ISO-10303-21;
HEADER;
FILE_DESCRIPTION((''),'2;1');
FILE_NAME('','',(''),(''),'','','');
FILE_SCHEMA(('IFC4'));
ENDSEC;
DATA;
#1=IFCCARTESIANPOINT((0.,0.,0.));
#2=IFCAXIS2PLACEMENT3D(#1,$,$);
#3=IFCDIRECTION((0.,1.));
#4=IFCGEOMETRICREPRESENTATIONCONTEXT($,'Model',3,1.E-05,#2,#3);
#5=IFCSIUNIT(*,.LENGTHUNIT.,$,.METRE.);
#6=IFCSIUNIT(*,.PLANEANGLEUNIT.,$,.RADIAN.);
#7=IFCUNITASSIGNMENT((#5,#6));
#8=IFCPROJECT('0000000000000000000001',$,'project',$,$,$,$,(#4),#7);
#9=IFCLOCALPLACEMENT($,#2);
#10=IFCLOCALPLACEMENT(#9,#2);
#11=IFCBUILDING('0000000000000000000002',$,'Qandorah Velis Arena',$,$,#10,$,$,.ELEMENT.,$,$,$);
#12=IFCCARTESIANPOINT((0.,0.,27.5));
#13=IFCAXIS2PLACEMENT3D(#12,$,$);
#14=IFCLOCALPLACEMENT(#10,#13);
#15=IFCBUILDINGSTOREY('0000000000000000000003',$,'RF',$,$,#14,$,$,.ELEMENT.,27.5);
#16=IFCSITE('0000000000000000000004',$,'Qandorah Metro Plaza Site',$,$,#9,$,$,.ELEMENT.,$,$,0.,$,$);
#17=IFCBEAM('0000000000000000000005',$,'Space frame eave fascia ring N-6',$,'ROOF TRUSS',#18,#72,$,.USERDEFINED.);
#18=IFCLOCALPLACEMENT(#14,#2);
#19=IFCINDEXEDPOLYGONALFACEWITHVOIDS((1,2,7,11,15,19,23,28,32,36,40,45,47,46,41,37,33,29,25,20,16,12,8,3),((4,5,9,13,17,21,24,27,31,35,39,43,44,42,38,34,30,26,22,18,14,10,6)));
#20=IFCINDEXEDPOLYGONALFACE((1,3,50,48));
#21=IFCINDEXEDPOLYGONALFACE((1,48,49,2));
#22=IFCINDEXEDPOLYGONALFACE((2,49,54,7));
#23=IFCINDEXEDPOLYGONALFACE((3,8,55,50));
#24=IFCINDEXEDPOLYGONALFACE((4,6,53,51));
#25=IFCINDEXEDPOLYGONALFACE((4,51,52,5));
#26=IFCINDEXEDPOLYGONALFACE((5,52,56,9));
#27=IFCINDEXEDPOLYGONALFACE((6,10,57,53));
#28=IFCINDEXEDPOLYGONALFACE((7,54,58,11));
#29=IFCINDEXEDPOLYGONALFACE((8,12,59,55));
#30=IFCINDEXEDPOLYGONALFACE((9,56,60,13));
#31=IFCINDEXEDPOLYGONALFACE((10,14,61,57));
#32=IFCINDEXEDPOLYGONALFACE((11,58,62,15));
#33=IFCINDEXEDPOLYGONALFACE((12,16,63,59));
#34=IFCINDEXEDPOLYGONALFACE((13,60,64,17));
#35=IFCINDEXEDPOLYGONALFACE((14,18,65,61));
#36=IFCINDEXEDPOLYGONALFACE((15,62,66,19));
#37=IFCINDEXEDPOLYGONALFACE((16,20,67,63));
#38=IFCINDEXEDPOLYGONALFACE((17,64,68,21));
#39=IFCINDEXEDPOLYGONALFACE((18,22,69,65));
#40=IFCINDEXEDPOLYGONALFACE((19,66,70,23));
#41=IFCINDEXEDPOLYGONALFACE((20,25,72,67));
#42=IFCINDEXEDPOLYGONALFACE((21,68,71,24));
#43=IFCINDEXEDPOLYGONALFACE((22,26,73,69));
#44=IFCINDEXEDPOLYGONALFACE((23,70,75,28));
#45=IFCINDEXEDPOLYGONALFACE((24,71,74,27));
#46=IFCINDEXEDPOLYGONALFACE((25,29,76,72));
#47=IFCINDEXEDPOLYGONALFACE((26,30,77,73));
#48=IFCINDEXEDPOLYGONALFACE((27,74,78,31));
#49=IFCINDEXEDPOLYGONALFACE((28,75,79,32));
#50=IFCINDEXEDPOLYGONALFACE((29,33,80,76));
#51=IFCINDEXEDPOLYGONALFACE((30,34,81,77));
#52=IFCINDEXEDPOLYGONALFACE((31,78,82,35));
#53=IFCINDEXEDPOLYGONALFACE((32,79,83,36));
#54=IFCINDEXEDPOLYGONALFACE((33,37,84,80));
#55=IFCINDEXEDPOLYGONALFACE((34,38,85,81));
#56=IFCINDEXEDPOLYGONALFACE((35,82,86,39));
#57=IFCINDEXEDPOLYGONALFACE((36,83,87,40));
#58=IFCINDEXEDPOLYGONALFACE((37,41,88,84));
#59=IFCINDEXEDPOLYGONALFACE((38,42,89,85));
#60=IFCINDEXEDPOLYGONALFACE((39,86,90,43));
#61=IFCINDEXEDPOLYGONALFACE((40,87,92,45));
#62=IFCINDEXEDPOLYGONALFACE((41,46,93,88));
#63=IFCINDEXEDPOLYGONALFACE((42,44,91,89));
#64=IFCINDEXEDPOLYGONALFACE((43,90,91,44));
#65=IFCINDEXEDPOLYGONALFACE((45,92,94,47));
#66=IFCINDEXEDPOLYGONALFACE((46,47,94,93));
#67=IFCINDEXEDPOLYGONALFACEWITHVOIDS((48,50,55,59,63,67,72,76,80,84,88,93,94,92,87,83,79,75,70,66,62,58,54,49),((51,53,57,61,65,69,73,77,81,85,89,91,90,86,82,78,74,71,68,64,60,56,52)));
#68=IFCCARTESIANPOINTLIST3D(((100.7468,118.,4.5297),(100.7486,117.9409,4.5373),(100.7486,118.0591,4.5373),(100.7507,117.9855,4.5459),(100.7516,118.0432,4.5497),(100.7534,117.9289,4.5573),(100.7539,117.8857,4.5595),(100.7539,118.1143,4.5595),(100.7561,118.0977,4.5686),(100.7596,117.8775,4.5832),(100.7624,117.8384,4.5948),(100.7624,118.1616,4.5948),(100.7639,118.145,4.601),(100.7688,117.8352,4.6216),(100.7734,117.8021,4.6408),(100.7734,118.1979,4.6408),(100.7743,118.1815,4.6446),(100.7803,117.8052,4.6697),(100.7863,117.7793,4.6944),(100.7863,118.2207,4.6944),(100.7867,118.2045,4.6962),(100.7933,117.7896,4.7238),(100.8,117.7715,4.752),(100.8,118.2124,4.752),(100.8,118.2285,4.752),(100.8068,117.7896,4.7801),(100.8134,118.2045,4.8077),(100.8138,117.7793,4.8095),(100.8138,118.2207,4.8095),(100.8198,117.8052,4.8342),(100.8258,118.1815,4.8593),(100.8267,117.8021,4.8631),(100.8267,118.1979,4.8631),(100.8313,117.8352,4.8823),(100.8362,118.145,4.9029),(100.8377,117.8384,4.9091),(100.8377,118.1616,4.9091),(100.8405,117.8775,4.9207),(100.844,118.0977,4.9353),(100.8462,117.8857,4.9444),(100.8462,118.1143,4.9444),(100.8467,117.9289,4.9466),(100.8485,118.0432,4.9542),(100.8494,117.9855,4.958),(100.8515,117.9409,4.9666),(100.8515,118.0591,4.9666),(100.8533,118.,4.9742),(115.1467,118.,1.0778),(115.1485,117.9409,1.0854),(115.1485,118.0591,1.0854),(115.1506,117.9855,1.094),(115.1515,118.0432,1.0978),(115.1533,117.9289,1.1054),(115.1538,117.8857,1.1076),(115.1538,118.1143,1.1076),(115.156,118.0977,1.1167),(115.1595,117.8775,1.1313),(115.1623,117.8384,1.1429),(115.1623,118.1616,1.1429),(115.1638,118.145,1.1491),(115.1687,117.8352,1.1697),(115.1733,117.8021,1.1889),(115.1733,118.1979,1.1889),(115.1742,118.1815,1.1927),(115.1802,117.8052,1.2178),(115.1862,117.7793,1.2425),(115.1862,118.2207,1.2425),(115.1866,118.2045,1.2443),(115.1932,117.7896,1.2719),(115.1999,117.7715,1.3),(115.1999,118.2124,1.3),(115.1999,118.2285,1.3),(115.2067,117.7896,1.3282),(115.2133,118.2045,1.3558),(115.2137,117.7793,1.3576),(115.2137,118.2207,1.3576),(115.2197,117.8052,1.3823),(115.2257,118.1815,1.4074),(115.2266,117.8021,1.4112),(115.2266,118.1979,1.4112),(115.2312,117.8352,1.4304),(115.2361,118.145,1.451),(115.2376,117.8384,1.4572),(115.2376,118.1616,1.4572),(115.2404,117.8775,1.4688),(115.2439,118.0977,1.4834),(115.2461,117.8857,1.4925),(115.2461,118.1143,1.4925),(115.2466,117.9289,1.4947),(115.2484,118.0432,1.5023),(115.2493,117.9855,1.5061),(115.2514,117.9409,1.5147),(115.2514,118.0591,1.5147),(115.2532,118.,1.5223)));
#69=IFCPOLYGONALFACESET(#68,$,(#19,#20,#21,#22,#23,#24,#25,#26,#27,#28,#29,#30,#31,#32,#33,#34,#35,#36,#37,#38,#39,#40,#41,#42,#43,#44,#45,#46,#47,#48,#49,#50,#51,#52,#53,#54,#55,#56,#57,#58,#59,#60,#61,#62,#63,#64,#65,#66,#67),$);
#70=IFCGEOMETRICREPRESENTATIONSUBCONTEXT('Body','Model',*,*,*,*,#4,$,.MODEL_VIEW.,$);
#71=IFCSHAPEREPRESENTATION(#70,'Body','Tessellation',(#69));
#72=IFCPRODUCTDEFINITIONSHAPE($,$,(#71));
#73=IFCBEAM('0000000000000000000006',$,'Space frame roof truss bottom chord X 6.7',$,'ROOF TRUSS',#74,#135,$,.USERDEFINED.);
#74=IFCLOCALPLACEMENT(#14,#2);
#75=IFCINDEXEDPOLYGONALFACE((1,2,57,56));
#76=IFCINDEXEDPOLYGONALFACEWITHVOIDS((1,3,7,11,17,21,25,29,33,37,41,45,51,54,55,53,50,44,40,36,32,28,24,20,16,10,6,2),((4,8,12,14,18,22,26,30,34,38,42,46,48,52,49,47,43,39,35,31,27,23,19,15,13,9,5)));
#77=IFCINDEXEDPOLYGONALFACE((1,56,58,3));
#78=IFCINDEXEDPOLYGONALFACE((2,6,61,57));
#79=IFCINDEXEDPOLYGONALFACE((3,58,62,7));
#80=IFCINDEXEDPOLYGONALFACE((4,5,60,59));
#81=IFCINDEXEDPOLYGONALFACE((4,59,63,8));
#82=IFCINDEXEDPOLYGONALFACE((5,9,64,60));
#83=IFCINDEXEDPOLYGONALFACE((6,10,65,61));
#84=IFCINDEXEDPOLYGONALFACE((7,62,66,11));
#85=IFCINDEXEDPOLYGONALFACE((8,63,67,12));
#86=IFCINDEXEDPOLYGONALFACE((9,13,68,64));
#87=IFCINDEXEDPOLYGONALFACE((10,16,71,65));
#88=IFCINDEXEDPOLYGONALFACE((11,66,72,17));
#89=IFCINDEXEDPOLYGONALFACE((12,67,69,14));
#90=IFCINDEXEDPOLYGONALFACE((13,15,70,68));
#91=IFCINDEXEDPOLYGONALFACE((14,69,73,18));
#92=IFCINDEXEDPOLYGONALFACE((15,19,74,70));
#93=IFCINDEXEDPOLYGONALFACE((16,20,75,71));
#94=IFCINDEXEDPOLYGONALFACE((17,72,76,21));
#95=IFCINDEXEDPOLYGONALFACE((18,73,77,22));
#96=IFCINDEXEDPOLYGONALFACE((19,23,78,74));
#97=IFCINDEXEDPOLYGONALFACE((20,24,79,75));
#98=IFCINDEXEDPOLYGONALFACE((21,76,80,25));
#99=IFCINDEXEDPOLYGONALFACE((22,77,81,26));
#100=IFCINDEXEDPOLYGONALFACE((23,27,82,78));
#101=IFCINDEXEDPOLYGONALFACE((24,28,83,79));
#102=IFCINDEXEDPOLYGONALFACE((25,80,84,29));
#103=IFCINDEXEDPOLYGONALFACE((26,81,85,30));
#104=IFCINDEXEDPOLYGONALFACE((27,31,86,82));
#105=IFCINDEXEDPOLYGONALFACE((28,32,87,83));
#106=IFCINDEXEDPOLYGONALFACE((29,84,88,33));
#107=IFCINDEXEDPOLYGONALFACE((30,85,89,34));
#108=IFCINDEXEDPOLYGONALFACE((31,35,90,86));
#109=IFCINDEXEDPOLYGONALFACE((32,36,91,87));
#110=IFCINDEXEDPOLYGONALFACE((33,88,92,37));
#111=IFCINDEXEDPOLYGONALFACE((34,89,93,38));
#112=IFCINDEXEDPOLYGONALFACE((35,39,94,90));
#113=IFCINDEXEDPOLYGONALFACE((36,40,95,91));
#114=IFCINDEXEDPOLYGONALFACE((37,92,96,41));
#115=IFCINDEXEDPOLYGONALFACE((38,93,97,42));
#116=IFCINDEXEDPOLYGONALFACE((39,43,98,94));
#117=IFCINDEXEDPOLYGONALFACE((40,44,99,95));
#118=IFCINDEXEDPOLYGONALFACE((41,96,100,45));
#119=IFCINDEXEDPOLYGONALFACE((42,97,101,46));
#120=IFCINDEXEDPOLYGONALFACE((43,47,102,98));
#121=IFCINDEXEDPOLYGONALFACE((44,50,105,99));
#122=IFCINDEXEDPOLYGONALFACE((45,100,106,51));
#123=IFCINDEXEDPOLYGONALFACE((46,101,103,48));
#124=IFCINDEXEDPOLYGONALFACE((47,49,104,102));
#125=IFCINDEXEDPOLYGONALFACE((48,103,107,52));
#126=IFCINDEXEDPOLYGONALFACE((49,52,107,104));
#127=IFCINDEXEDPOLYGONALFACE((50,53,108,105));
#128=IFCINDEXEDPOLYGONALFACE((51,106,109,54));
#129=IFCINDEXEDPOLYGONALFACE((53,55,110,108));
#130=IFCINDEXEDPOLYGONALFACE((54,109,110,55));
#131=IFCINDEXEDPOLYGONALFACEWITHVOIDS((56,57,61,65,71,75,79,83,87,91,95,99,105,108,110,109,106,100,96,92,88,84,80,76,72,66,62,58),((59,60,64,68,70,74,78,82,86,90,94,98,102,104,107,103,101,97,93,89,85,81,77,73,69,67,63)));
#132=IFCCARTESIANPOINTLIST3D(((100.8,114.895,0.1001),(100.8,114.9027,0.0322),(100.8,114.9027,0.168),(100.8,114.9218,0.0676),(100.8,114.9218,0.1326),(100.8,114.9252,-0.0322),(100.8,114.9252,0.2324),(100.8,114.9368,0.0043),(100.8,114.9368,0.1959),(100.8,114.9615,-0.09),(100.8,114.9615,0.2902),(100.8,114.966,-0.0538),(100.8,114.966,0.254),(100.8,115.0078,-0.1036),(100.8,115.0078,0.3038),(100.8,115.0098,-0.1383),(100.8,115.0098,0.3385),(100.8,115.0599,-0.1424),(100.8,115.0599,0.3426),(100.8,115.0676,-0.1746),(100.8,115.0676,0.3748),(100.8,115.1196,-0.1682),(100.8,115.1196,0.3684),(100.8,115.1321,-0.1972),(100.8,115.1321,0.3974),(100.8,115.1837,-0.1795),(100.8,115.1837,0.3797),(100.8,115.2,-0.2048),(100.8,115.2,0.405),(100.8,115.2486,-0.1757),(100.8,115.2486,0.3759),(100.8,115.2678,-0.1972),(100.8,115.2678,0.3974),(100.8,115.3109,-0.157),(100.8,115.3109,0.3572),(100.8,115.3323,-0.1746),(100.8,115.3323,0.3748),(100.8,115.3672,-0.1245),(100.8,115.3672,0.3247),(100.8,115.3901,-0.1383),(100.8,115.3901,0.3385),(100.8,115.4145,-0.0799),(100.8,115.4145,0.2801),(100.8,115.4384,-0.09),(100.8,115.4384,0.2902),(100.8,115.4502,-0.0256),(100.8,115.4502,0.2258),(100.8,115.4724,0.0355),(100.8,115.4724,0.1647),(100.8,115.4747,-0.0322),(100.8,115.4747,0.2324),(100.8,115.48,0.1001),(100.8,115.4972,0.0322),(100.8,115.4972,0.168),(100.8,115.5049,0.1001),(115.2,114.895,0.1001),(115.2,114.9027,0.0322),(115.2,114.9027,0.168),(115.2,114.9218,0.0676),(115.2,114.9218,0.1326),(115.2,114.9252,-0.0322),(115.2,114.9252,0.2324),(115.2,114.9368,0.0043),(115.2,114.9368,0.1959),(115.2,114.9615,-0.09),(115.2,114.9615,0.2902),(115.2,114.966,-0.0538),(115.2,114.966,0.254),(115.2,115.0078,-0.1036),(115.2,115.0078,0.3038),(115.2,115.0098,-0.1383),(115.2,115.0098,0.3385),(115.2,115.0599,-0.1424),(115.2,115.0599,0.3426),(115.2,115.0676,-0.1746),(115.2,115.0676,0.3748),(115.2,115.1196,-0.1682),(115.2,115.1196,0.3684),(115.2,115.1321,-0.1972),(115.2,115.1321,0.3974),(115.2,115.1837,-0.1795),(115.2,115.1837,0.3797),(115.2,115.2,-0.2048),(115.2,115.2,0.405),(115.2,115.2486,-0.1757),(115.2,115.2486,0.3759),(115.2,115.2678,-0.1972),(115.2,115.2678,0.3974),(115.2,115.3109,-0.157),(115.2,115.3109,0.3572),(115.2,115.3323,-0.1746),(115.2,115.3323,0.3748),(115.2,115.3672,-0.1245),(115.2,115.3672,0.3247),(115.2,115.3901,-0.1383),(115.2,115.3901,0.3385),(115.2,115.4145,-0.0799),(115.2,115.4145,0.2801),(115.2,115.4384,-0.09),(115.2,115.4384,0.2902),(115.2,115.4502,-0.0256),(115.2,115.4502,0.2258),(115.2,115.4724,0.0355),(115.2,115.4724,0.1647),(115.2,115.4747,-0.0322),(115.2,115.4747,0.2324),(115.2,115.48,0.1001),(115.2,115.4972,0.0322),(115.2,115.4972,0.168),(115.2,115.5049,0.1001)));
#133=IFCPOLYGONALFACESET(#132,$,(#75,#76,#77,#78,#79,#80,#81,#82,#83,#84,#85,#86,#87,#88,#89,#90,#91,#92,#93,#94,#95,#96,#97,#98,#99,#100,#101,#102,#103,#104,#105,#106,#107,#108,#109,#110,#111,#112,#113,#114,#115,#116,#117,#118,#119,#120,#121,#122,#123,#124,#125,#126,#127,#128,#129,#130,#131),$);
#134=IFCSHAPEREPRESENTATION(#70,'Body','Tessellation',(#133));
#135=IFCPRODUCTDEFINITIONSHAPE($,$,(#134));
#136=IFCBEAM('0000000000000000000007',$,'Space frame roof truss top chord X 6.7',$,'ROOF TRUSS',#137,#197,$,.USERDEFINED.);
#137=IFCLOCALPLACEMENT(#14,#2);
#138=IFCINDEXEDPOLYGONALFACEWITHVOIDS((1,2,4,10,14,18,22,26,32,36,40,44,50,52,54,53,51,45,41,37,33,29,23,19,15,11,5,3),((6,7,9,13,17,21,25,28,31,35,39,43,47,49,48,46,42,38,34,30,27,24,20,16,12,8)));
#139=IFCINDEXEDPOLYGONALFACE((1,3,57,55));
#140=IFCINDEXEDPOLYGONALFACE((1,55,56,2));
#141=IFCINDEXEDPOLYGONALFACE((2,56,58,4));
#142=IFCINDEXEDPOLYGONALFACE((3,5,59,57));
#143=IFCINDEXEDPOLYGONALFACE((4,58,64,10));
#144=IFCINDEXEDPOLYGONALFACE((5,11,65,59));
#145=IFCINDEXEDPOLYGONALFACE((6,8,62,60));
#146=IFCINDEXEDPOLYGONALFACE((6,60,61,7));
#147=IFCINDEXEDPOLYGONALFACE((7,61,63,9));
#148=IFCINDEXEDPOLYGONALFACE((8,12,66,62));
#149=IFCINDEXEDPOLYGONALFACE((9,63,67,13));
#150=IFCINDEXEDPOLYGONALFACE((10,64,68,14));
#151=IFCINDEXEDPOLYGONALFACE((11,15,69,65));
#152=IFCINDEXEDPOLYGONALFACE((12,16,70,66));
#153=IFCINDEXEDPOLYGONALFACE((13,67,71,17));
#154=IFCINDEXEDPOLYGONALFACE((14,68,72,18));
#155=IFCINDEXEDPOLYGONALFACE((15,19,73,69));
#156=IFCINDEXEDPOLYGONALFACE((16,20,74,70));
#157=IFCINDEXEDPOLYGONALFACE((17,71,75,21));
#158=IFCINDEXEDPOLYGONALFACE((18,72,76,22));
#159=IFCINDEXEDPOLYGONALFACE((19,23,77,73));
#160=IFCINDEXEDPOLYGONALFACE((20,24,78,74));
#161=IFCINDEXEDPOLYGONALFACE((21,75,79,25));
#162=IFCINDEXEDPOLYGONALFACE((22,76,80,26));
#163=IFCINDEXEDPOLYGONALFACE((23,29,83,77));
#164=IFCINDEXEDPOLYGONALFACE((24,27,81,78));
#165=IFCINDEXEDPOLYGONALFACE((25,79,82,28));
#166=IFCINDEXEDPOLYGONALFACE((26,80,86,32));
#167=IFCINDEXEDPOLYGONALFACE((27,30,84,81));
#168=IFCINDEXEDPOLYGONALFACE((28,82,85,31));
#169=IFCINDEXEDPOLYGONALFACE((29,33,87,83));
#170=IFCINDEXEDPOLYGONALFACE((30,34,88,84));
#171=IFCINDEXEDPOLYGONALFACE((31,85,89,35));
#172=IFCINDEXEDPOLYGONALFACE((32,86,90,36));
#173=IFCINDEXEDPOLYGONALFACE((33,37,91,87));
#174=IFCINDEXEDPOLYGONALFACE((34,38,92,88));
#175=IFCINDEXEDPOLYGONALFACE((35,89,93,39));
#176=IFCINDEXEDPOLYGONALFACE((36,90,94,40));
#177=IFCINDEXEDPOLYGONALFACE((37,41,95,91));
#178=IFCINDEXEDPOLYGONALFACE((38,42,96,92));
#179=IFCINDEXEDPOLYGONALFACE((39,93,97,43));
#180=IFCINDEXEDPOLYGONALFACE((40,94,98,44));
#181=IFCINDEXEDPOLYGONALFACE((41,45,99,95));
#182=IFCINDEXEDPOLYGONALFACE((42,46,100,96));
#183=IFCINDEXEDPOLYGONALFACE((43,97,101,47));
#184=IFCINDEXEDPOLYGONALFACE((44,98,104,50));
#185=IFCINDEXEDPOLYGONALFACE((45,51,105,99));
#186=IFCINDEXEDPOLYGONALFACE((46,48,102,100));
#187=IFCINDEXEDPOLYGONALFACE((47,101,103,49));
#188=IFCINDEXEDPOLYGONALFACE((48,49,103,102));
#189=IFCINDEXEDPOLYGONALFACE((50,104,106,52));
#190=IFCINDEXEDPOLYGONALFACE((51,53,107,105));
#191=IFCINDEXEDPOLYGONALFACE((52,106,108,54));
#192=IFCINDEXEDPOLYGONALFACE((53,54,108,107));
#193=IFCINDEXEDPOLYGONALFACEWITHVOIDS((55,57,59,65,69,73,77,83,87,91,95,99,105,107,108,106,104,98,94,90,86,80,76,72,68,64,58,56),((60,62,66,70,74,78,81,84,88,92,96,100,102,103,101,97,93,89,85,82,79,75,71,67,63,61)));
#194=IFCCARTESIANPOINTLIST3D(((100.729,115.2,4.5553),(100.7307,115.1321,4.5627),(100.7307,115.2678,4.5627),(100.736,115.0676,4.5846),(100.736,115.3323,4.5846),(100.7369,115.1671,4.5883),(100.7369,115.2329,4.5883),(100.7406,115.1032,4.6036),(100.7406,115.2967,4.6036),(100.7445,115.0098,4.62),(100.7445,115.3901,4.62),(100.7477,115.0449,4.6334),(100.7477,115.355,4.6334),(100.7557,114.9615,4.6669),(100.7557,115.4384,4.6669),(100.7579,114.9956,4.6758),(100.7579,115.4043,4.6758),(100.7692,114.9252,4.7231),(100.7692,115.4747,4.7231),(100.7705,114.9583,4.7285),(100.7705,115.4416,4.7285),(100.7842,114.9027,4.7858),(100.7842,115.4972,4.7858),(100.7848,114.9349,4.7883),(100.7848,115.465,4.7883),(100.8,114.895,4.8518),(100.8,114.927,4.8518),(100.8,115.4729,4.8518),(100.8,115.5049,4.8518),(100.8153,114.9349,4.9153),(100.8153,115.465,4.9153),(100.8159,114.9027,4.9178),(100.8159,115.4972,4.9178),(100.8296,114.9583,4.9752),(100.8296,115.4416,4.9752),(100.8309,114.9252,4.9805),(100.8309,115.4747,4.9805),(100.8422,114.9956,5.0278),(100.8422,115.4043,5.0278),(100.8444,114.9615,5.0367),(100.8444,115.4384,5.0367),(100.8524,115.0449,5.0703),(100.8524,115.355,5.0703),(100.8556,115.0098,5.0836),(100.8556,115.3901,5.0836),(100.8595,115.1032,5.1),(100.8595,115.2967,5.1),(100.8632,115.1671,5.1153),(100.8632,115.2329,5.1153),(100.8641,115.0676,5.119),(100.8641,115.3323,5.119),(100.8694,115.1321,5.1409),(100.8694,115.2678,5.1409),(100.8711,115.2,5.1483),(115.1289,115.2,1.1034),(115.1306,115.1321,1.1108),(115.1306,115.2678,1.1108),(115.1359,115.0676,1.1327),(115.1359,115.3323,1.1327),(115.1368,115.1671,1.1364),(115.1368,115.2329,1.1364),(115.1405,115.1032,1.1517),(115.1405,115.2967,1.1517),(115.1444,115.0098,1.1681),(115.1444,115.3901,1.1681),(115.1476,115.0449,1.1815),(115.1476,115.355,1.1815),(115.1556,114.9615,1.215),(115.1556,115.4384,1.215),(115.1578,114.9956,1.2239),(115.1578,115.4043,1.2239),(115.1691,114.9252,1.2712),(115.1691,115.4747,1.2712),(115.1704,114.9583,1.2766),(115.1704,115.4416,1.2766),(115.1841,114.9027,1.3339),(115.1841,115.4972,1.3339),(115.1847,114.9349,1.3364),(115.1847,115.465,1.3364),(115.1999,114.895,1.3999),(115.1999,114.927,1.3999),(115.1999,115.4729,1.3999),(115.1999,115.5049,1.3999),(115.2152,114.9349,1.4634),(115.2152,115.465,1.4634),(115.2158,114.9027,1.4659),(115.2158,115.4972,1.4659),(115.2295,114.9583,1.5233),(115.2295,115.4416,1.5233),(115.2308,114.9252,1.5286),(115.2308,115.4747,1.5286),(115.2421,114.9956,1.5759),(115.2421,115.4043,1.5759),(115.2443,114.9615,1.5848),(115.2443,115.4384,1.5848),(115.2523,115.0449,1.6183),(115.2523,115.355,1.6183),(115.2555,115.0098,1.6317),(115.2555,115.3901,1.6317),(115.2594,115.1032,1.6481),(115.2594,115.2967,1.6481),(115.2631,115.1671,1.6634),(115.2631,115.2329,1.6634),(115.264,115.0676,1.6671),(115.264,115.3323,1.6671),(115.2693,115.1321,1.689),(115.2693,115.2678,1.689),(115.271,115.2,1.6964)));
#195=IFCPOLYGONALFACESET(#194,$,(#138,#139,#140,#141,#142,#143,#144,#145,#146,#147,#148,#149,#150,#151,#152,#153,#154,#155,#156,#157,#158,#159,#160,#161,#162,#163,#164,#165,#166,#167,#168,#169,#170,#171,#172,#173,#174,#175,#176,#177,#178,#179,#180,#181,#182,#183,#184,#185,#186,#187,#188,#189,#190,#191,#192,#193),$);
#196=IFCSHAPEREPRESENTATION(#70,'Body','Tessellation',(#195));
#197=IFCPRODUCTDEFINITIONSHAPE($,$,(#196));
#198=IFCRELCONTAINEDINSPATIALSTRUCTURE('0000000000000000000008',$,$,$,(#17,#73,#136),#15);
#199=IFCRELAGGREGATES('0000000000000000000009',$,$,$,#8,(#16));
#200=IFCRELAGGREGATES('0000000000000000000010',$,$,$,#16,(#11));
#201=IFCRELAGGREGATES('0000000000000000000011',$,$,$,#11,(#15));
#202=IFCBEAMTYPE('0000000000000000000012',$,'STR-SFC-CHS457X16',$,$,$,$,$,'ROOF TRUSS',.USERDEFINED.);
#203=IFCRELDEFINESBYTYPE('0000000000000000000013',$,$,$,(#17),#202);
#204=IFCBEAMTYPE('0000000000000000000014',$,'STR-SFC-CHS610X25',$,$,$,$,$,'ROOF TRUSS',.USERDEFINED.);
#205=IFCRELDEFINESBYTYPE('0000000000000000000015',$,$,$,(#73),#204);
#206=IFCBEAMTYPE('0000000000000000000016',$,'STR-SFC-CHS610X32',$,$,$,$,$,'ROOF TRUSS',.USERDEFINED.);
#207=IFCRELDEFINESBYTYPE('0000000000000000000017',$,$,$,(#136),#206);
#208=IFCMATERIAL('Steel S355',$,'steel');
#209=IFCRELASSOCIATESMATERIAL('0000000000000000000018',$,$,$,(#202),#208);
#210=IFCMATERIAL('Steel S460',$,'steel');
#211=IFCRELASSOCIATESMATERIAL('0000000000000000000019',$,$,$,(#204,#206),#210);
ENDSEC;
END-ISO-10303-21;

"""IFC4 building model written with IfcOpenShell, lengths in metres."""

from ifc_helpers import new_model, si_unit, direction, frame, origin, origin_2d, place, context, subcontext, project, spatial, hollow_circle, extrude, material, material_profile, profile_set, type_object, element, save


model = new_model("IFC4")

# Units and contexts
model_context = context("Model", 3, precision=1e-05, world=origin(), true_north=direction((0.0, 1.0)))
body_context = subcontext(model_context, "Body", "Model", "MODEL_VIEW")
ifc_project = project(units=[si_unit("LENGTHUNIT", "METRE"), si_unit("PLANEANGLEUNIT", "RADIAN")], contexts=[model_context])

# Site, building, storey
site_placement = place(None, origin())
site = spatial("IfcSite", under=ifc_project, at=site_placement, Name="Qandorah Metro Plaza Site", CompositionType="ELEMENT", RefElevation=0.0)
building_placement = place(site_placement, origin())
building = spatial("IfcBuilding", under=site, at=building_placement, Name="Qandorah Velis Arena", CompositionType="ELEMENT")
storey_placement = place(building_placement, frame((0.0, 0.0, 27.5)))
storey = spatial("IfcBuildingStorey", under=building, at=storey_placement, Name="RF", CompositionType="ELEMENT", Elevation=27.5)

# Beams
ifc_material_1 = material(Name="Steel S355", Category="steel")
ifc_material_profile_1 = material_profile(ifc_material_1, hollow_circle(Radius=0.2285, WallThickness=0.0161, at=origin_2d()), Name="CHS 457x16")
ifc_profile_set_1 = profile_set([ifc_material_profile_1], Name="Steel S355")
beam_type_1 = type_object("IfcBeamType", Name="STR-SFC-CHS457X16", ElementType="ROOF TRUSS", PredefinedType="USERDEFINED", material=ifc_profile_set_1)
beam_1_placement = place(storey_placement, frame((100.8, 118.0, 4.752), z_axis=(0.97245, 0.0, -0.233113), x_axis=(0.0, 1.0, 0.0)))
element("IfcBeam", 1, at=beam_1_placement, inside=storey, type_object=beam_type_1, Name="Space frame eave fascia ring N-6", ObjectType="ROOF TRUSS", PredefinedType="USERDEFINED", context=body_context, shape_type="SweptSolid", body=[
    extrude(hollow_circle(Radius=0.2285, WallThickness=0.0161, at=origin_2d()), origin(), (0.0, 0.0, 1.0), 14.8079),
])
ifc_material_2 = material(Name="Steel S460", Category="steel")
ifc_material_profile_2 = material_profile(ifc_material_2, hollow_circle(Radius=0.3049, WallThickness=0.0249, at=origin_2d()), Name="CHS 610x25")
ifc_profile_set_2 = profile_set([ifc_material_profile_2], Name="Steel S460")
beam_type_2 = type_object("IfcBeamType", Name="STR-SFC-CHS610X25", ElementType="ROOF TRUSS", PredefinedType="USERDEFINED", material=ifc_profile_set_2)
beam_2_placement = place(storey_placement, frame((100.8, 115.2, 0.1001), z_axis=(1.0, 0.0, 0.0), x_axis=(0.0, 1.0, 0.0)))
element("IfcBeam", 2, at=beam_2_placement, inside=storey, type_object=beam_type_2, Name="Space frame roof truss bottom chord X 6.7", ObjectType="ROOF TRUSS", PredefinedType="USERDEFINED", context=body_context, shape_type="SweptSolid", body=[
    extrude(hollow_circle(Radius=0.3049, WallThickness=0.0249, at=origin_2d()), origin(), (0.0, 0.0, 1.0), 14.3999),
])
ifc_material_profile_3 = material_profile(ifc_material_2, hollow_circle(Radius=0.3049, WallThickness=0.032, at=origin_2d()), Name="CHS 610x32")
ifc_profile_set_3 = profile_set([ifc_material_profile_3], Name="Steel S460")
beam_type_3 = type_object("IfcBeamType", Name="STR-SFC-CHS610X32", ElementType="ROOF TRUSS", PredefinedType="USERDEFINED", material=ifc_profile_set_3)
beam_3_placement = place(storey_placement, frame((100.8, 115.2, 4.8518), z_axis=(0.97245, 0.0, -0.233113), x_axis=(0.0, 1.0, 0.0)))
element("IfcBeam", 3, at=beam_3_placement, inside=storey, type_object=beam_type_3, Name="Space frame roof truss top chord X 6.7", ObjectType="ROOF TRUSS", PredefinedType="USERDEFINED", context=body_context, shape_type="SweptSolid", body=[
    extrude(hollow_circle(Radius=0.3049, WallThickness=0.032, at=origin_2d()), origin(), (0.0, 0.0, 1.0), 14.8079),
])

save(model, "model.ifc")
